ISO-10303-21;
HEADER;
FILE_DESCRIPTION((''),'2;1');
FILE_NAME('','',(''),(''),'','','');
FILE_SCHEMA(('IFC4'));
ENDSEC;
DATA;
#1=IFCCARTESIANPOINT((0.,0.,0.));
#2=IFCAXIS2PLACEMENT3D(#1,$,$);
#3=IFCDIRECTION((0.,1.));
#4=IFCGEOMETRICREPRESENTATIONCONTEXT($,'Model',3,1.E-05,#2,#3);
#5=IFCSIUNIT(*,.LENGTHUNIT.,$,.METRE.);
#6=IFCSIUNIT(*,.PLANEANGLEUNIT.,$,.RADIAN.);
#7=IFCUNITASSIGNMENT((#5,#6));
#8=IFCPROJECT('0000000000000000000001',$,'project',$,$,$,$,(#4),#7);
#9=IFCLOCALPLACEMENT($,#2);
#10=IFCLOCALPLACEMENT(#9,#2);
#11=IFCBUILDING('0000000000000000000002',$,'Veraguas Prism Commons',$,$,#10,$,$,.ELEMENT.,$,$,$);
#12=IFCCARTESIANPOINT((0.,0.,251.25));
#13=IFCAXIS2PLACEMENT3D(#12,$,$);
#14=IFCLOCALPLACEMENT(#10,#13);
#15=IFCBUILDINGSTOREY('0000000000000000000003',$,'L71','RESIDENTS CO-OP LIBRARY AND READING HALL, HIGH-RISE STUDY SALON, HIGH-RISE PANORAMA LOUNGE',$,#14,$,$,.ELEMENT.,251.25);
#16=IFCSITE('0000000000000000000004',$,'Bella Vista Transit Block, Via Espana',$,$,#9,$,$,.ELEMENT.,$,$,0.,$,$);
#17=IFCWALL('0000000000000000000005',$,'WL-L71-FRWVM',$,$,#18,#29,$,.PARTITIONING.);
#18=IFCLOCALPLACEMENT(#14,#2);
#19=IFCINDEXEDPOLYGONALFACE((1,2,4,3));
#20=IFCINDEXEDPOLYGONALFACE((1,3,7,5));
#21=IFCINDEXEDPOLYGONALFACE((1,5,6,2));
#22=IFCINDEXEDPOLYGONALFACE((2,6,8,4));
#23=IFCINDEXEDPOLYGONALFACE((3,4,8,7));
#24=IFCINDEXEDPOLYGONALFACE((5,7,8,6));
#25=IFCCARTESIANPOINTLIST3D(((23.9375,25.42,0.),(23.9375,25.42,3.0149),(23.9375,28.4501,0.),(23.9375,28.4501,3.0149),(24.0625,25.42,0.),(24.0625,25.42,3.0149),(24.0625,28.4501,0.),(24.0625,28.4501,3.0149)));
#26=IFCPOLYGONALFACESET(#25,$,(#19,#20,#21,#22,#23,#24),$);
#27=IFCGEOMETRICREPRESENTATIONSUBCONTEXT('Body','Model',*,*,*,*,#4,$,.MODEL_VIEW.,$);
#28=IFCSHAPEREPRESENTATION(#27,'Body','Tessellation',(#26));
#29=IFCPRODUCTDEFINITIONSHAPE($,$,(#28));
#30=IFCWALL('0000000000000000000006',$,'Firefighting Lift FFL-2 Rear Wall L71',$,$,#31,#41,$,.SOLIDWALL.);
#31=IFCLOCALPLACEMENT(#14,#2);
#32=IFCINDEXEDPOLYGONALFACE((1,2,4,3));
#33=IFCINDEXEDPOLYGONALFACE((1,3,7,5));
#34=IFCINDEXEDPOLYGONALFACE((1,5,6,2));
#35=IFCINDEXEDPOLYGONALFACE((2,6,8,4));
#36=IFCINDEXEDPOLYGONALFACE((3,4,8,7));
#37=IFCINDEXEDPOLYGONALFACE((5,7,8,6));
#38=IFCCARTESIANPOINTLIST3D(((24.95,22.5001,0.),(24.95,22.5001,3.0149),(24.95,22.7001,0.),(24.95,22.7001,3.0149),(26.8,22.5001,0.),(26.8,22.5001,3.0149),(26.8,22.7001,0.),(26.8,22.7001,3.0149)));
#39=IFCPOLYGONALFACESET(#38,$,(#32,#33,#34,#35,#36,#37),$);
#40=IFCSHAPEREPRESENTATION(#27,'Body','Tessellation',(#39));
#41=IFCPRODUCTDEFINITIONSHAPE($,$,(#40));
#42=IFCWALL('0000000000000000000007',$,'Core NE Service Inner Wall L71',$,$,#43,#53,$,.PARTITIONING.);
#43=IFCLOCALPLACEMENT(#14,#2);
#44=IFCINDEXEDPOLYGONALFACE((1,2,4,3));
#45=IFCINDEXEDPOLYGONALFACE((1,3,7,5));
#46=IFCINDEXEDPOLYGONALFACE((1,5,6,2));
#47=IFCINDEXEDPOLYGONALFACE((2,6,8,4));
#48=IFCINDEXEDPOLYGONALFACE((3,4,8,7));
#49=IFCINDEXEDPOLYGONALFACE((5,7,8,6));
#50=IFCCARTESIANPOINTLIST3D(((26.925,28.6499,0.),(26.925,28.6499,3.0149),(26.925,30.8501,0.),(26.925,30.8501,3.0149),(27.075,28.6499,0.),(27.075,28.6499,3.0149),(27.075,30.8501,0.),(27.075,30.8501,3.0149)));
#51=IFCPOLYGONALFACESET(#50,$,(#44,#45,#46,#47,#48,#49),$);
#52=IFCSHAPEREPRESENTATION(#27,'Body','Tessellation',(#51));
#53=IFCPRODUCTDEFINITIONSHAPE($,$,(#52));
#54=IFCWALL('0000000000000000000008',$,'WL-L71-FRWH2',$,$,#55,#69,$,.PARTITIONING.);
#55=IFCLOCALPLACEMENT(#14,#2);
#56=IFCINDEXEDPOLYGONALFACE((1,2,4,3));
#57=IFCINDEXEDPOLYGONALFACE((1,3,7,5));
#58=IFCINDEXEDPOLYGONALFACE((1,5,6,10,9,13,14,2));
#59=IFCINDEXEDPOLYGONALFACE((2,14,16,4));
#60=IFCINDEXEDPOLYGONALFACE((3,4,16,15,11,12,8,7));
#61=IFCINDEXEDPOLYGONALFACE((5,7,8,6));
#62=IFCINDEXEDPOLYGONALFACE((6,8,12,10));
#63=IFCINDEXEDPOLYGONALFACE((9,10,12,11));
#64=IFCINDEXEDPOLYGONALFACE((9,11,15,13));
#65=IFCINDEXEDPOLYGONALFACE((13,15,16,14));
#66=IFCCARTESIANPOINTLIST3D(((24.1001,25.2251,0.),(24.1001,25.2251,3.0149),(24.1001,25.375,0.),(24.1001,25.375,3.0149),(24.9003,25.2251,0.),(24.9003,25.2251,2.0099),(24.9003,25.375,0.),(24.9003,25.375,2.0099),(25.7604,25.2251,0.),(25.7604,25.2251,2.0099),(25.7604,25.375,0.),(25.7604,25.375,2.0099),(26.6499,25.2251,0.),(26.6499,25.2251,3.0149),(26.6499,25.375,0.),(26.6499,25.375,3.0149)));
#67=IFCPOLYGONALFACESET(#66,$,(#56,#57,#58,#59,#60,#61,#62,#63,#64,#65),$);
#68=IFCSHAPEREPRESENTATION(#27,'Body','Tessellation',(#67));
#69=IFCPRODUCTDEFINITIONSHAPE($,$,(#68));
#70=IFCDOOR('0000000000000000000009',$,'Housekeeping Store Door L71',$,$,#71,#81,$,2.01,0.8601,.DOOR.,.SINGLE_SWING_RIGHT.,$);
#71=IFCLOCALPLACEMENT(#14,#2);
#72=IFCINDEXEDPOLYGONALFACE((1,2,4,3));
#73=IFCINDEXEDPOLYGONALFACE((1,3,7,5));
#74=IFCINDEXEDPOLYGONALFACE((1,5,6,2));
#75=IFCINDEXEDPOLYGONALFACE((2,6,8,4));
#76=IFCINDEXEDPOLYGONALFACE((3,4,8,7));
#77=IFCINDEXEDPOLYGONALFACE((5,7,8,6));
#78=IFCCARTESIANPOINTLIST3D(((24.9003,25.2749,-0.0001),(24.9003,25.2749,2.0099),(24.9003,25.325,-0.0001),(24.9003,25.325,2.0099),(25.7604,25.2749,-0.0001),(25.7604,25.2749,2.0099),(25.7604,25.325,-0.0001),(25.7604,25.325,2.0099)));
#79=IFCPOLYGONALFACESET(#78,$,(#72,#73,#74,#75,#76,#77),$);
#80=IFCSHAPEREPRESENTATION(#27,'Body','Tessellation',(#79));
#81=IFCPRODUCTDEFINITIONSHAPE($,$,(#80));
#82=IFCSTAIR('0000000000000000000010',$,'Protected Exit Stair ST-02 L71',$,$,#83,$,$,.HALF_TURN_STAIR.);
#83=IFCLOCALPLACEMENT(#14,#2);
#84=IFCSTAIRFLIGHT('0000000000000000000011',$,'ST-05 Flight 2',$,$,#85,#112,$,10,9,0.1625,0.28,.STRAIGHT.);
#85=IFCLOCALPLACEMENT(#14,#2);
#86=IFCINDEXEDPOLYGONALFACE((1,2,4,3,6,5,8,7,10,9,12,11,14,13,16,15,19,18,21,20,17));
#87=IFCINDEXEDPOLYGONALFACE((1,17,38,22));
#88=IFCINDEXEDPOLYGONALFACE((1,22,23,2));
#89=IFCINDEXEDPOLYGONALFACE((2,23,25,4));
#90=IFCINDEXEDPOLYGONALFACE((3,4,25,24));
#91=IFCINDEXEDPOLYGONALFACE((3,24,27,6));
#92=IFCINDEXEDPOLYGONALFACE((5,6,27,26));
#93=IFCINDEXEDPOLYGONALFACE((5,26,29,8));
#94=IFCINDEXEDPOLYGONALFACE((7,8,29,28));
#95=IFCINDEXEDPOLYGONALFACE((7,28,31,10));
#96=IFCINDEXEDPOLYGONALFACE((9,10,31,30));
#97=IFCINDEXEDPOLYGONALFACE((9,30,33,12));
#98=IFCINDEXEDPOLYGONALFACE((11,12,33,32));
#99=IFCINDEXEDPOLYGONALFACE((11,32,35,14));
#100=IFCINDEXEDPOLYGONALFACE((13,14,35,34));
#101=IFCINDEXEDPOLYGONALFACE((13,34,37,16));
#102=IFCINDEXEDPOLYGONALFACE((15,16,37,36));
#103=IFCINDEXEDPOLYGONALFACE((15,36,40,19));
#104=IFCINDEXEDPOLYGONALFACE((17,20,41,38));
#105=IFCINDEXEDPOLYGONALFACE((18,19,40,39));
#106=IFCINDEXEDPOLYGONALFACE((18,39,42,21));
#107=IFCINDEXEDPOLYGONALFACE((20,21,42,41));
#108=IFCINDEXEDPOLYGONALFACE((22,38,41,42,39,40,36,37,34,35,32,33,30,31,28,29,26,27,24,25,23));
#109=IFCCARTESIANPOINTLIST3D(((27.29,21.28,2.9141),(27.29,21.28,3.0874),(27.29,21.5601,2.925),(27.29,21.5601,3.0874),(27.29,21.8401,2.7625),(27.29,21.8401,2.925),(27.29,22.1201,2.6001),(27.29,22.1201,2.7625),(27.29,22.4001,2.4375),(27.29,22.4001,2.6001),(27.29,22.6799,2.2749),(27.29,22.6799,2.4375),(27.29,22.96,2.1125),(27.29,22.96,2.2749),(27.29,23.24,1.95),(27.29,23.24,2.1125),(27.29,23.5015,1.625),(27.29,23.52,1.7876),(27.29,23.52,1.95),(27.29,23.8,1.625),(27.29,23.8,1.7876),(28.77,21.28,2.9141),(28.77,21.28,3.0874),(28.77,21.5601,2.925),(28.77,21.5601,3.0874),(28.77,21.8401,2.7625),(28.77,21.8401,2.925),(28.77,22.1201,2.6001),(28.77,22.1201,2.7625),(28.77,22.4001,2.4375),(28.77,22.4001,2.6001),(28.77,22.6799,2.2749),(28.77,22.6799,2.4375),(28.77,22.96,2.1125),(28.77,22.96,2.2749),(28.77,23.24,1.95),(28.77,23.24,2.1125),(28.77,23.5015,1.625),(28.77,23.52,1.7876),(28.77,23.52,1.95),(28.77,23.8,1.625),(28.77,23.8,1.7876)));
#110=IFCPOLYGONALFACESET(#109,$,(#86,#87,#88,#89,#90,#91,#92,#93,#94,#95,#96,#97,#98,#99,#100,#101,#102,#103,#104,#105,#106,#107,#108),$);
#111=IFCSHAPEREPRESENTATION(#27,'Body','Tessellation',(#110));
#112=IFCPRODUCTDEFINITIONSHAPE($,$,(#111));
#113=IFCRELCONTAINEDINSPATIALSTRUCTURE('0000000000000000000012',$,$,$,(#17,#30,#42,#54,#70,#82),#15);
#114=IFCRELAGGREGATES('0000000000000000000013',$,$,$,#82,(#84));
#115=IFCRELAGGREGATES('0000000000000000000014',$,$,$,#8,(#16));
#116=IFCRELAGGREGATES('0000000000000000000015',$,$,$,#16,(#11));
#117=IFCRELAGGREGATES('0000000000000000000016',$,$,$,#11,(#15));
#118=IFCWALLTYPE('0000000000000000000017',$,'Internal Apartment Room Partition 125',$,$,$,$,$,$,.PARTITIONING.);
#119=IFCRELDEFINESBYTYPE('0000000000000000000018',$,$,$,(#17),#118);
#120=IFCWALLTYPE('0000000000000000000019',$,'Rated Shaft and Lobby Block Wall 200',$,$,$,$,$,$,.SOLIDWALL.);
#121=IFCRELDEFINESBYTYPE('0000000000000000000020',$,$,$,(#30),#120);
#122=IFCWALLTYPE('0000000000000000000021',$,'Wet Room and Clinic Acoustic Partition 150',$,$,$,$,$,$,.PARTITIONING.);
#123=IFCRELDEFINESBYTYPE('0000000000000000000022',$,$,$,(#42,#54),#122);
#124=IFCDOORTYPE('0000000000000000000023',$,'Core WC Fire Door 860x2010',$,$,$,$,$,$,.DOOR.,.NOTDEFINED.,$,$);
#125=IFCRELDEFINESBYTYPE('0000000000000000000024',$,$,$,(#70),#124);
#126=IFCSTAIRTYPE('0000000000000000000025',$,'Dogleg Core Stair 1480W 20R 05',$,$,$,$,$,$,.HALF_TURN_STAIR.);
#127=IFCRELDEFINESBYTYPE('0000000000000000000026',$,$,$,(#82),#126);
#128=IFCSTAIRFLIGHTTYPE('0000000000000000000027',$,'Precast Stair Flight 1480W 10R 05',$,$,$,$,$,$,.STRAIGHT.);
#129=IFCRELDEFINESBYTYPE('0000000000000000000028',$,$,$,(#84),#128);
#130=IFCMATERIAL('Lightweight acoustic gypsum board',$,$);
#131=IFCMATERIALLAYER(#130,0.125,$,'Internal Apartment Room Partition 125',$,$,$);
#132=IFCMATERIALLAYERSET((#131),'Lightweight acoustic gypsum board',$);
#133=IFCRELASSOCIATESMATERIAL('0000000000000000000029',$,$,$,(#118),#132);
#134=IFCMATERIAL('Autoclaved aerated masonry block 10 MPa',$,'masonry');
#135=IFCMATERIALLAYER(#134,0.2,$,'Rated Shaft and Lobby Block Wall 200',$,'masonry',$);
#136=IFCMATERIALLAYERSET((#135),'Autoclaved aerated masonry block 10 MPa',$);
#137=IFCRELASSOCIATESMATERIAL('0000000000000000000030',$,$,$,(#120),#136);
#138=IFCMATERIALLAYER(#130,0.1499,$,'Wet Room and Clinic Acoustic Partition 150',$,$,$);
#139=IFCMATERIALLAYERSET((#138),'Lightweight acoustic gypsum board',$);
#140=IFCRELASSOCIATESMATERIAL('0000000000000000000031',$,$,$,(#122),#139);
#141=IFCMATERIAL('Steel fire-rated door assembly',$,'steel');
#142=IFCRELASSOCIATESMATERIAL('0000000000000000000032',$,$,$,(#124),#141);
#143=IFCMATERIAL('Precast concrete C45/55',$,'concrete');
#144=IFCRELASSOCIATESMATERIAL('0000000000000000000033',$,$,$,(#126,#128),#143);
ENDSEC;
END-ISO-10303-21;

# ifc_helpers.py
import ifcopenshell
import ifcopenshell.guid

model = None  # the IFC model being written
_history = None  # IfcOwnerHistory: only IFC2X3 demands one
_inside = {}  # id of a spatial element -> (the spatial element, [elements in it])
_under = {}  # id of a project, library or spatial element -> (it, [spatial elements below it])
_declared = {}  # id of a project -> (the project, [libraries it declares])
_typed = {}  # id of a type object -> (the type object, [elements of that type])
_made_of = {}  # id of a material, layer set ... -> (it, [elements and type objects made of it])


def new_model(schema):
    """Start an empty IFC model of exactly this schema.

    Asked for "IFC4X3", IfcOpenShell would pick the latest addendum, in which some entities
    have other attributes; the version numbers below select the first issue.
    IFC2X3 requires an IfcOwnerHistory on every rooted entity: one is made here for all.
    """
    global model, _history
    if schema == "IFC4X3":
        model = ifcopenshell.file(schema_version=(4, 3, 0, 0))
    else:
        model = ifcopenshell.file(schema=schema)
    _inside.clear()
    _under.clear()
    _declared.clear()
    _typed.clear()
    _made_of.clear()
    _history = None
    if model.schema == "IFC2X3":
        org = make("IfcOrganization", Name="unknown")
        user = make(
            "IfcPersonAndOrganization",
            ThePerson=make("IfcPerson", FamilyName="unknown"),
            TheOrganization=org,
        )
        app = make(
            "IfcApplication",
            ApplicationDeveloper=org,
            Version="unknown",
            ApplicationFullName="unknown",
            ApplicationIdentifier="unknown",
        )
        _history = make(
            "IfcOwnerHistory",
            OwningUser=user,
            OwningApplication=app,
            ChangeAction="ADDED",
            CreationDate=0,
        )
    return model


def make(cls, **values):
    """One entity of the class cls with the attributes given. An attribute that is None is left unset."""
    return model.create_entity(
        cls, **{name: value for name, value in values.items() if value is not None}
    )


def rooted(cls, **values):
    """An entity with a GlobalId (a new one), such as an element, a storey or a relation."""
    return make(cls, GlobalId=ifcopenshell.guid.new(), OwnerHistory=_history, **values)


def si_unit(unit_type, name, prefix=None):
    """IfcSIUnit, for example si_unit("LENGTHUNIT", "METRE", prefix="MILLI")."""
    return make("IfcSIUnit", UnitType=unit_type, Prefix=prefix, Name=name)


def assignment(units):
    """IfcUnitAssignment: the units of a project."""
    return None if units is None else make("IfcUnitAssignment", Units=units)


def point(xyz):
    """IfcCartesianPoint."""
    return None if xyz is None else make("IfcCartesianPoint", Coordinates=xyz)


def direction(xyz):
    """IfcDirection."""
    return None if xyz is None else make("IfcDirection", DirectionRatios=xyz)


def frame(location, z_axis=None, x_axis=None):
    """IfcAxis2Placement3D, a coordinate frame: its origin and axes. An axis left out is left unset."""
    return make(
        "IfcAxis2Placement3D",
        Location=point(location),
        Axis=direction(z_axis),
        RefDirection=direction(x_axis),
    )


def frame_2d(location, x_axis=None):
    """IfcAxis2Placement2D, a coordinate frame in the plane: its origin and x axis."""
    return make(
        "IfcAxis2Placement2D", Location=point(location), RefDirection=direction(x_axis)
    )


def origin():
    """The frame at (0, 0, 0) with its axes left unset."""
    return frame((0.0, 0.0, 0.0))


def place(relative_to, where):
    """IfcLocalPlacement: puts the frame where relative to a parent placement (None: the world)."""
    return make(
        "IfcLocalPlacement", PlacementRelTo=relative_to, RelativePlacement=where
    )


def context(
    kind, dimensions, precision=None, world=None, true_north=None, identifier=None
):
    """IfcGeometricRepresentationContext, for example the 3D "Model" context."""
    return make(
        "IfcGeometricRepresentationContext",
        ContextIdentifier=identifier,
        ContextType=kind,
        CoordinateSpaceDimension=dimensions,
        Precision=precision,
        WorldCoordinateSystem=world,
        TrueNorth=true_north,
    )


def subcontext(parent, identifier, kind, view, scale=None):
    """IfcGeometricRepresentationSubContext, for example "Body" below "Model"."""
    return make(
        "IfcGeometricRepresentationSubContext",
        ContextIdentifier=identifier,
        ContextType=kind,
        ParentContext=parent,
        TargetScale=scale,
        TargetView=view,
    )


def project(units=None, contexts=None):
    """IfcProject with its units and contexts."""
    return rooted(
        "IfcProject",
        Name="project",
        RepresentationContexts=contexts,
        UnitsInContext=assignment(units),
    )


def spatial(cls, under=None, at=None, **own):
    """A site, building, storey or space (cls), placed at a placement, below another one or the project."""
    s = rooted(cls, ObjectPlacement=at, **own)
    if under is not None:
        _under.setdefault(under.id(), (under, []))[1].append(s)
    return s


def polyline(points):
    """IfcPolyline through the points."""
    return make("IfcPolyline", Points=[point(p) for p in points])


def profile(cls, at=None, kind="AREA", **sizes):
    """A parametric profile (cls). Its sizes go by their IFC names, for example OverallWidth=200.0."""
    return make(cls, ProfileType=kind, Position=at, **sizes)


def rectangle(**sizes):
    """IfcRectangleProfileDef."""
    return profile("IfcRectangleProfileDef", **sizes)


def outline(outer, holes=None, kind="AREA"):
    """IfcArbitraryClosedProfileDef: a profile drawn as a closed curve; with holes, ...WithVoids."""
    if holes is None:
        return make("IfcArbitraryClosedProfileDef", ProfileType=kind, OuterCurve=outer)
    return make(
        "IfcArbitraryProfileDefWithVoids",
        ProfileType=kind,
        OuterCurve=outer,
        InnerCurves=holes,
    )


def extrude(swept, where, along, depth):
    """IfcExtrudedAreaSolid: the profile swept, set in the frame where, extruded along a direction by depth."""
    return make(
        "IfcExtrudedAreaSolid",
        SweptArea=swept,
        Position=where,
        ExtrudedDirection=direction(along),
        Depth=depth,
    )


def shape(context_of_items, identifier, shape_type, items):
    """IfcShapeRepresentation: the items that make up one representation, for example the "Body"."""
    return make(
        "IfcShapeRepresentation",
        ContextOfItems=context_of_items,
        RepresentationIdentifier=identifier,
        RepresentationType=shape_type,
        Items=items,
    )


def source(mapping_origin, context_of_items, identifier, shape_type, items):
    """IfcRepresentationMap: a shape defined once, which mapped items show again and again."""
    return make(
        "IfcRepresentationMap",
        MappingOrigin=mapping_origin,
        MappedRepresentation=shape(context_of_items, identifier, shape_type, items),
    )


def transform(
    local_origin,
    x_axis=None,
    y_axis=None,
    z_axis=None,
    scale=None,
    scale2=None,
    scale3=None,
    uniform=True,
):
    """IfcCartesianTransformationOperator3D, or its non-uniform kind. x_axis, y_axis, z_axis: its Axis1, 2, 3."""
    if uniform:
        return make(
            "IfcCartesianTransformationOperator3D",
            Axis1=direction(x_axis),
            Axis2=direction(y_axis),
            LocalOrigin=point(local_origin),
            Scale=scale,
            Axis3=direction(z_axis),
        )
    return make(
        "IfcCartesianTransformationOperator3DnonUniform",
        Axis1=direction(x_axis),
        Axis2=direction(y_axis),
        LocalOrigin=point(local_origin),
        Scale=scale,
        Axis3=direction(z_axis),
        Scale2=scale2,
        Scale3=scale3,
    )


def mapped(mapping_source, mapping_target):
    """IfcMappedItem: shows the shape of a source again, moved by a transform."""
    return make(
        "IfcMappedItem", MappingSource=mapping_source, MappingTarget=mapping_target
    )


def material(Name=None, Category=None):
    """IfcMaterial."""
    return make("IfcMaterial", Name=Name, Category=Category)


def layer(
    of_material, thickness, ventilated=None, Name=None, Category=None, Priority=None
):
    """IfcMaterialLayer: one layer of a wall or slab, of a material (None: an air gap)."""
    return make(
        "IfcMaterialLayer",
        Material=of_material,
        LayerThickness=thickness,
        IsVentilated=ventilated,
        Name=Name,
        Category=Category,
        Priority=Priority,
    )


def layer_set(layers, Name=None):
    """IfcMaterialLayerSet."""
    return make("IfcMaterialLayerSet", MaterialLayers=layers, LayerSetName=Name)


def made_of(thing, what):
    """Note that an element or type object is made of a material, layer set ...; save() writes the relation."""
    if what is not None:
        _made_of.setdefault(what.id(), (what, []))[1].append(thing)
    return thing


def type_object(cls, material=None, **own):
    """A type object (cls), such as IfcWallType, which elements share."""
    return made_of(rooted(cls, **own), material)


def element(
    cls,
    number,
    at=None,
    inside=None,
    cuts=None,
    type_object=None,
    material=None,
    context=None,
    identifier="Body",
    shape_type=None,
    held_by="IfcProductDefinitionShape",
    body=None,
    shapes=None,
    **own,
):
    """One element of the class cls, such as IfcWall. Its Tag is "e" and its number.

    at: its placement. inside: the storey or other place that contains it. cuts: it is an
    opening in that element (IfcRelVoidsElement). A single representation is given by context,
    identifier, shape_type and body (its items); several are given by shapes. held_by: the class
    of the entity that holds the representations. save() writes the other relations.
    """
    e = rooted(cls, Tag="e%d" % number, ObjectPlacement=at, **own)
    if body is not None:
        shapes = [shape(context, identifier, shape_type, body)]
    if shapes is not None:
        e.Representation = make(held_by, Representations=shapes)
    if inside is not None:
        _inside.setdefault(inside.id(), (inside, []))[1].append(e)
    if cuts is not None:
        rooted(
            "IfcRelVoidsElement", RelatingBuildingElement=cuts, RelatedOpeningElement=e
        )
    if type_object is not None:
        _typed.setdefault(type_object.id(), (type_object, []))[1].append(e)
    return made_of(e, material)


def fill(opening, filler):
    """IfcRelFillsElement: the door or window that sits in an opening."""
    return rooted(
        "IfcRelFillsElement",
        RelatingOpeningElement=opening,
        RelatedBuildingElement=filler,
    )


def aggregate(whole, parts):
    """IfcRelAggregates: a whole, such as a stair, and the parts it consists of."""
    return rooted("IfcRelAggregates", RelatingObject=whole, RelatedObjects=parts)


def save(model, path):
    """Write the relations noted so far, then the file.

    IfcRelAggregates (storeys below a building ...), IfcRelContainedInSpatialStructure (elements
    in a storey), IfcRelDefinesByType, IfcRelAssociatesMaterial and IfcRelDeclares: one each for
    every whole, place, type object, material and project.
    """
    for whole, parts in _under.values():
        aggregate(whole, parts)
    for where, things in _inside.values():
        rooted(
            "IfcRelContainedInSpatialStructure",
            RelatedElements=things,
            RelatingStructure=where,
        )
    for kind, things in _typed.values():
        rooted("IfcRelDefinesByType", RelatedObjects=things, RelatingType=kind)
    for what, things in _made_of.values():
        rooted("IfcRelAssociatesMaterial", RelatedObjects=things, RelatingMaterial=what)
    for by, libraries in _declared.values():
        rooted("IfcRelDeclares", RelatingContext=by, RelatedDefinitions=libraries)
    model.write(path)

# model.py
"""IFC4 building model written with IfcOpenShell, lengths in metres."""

from ifc_helpers import new_model, si_unit, direction, frame, frame_2d, origin, place, context, subcontext, project, spatial, polyline, rectangle, outline, extrude, source, transform, mapped, material, layer, layer_set, type_object, element, fill, aggregate, save


model = new_model("IFC4")

# Units and contexts
model_context = context("Model", 3, precision=1e-05, world=origin(), true_north=direction((0.0, 1.0)))
body_context = subcontext(model_context, "Body", "Model", "MODEL_VIEW")
ifc_project = project(units=[si_unit("LENGTHUNIT", "METRE"), si_unit("PLANEANGLEUNIT", "RADIAN")], contexts=[model_context])

# Site, building, storey
site_placement = place(None, origin())
site = spatial("IfcSite", under=ifc_project, at=site_placement, Name="Bella Vista Transit Block, Via Espana", CompositionType="ELEMENT", RefElevation=0.0)
building_placement = place(site_placement, origin())
building = spatial("IfcBuilding", under=site, at=building_placement, Name="Veraguas Prism Commons", CompositionType="ELEMENT")
storey_placement = place(building_placement, frame((0.0, 0.0, 251.25)))
storey = spatial("IfcBuildingStorey", under=building, at=storey_placement, Name="L71", Description="RESIDENTS CO-OP LIBRARY AND READING HALL, HIGH-RISE STUDY SALON, HIGH-RISE PANORAMA LOUNGE", CompositionType="ELEMENT", Elevation=251.25)

# Shared definitions
ifc_material_1 = material(Name="Steel fire-rated door assembly", Category="steel")
ifc_material_2 = material(Name="Autoclaved aerated masonry block 10 MPa", Category="masonry")

# Walls
ifc_material_3 = material(Name="Lightweight acoustic gypsum board")
ifc_layer_1 = layer(ifc_material_3, 0.125, Name="Internal Apartment Room Partition 125")
ifc_layer_set_1 = layer_set([ifc_layer_1], Name="Lightweight acoustic gypsum board")
wall_type_1 = type_object("IfcWallType", Name="Internal Apartment Room Partition 125", PredefinedType="PARTITIONING", material=ifc_layer_set_1)
wall_1_placement = place(storey_placement, frame((24.0, 25.4199, 0.0), z_axis=(0.0, 0.0, 1.0), x_axis=(0.0, 1.0, 0.0)))
element("IfcWall", 1, at=wall_1_placement, inside=storey, type_object=wall_type_1, Name="WL-L71-FRWVM", PredefinedType="PARTITIONING", context=body_context, shape_type="SweptSolid", body=[
    extrude(rectangle(XDim=3.03, YDim=0.125, at=frame_2d((1.5151, 0.0))), origin(), (0.0, 0.0, 1.0), 3.0149),
])
ifc_layer_2 = layer(ifc_material_2, 0.2, Name="Rated Shaft and Lobby Block Wall 200", Category="masonry")
ifc_layer_set_2 = layer_set([ifc_layer_2], Name="Autoclaved aerated masonry block 10 MPa")
wall_type_2 = type_object("IfcWallType", Name="Rated Shaft and Lobby Block Wall 200", PredefinedType="SOLIDWALL", material=ifc_layer_set_2)
wall_2_placement = place(storey_placement, frame((24.95, 22.6001, 0.0), z_axis=(0.0, 0.0, 1.0), x_axis=(1.0, 0.0, 0.0)))
element("IfcWall", 2, at=wall_2_placement, inside=storey, type_object=wall_type_2, Name="Firefighting Lift FFL-2 Rear Wall L71", PredefinedType="SOLIDWALL", context=body_context, shape_type="SweptSolid", body=[
    extrude(rectangle(XDim=1.8501, YDim=0.2, at=frame_2d((0.925, 0.0))), origin(), (0.0, 0.0, 1.0), 3.0149),
])
ifc_layer_3 = layer(ifc_material_3, 0.1499, Name="Wet Room and Clinic Acoustic Partition 150")
ifc_layer_set_3 = layer_set([ifc_layer_3], Name="Lightweight acoustic gypsum board")
wall_type_3 = type_object("IfcWallType", Name="Wet Room and Clinic Acoustic Partition 150", PredefinedType="PARTITIONING", material=ifc_layer_set_3)
wall_3_placement = place(storey_placement, frame((27.0, 28.6499, 0.0), z_axis=(0.0, 0.0, 1.0), x_axis=(0.0, 1.0, 0.0)))
element("IfcWall", 3, at=wall_3_placement, inside=storey, type_object=wall_type_3, Name="Core NE Service Inner Wall L71", PredefinedType="PARTITIONING", context=body_context, shape_type="SweptSolid", body=[
    extrude(rectangle(XDim=2.2002, YDim=0.1499, at=frame_2d((1.1001, 0.0))), origin(), (0.0, 0.0, 1.0), 3.0149),
])

# Wall, opening, door
wall_4_placement = place(storey_placement, frame((24.1001, 25.3, 0.0), z_axis=(0.0, 0.0, 1.0), x_axis=(1.0, 0.0, 0.0)))
wall_4 = element("IfcWall", 4, at=wall_4_placement, inside=storey, type_object=wall_type_3, Name="WL-L71-FRWH2", PredefinedType="PARTITIONING", context=body_context, shape_type="SweptSolid", body=[
    extrude(rectangle(XDim=2.5498, YDim=0.1499, at=frame_2d((1.2749, 0.0))), origin(), (0.0, 0.0, 1.0), 3.0149),
])
opening_1_placement = place(wall_4_placement, frame((0.8, 0.0, 0.0)))
opening_1 = element("IfcOpeningElement", 5, at=opening_1_placement, cuts=wall_4, PredefinedType="OPENING", context=body_context, shape_type="SweptSolid", body=[
    extrude(rectangle(XDim=0.8601, YDim=2.01, at=frame_2d((0.4302, 1.0049))), frame((0.0, 0.085, 0.0), z_axis=(0.0, -1.0, 0.0), x_axis=(1.0, 0.0, 0.0)), (0.0, 0.0, 1.0), 0.1699),
])
door_type_1 = type_object("IfcDoorType", Name="Core WC Fire Door 860x2010", OperationType="NOTDEFINED", PredefinedType="DOOR", material=ifc_material_1)
shared_shape_1 = source(origin(), body_context, "Body", "SweptSolid", [
    extrude(rectangle(XDim=0.8601, YDim=2.01, at=frame_2d((0.4302, 1.0049))), frame((0.0, 0.0249, 0.0), z_axis=(0.0, -1.0, 0.0), x_axis=(1.0, 0.0, 0.0)), (0.0, 0.0, 1.0), 0.05),
])
door_1_placement = place(opening_1_placement, origin())
door_1 = element("IfcDoor", 6, at=door_1_placement, inside=storey, type_object=door_type_1, Name="Housekeeping Store Door L71", OperationType="SINGLE_SWING_RIGHT", OverallHeight=2.01, OverallWidth=0.8601, PredefinedType="DOOR", context=body_context, shape_type="MappedRepresentation", body=[
    mapped(shared_shape_1, transform((0.0, 0.0, 0.0), scale=1.0)),
])
fill(opening_1, door_1)

# Stair, stair flight
ifc_material_4 = material(Name="Precast concrete C45/55", Category="concrete")
stair_type = type_object("IfcStairType", Name="Dogleg Core Stair 1480W 20R 05", PredefinedType="HALF_TURN_STAIR", material=ifc_material_4)
stair_placement = place(storey_placement, origin())
stair = element("IfcStair", 7, at=stair_placement, inside=storey, type_object=stair_type, Name="Protected Exit Stair ST-02 L71", PredefinedType="HALF_TURN_STAIR")
stair_flight_type = type_object("IfcStairFlightType", Name="Precast Stair Flight 1480W 10R 05", PredefinedType="STRAIGHT", material=ifc_material_4)
stair_flight_placement = place(storey_placement, frame((28.03, 23.8, 1.625), z_axis=(0.0, 0.0, 1.0), x_axis=(0.0, -1.0, 0.0)))
stair_flight = element("IfcStairFlight", 8, at=stair_flight_placement, type_object=stair_flight_type, Name="ST-05 Flight 2", NumberOfRisers=10, NumberOfTreads=9, PredefinedType="STRAIGHT", RiserHeight=0.1625, TreadLength=0.28, context=body_context, shape_type="SweptSolid", body=[
    extrude(outline(polyline([(0.0, 0.0), (0.0, 0.1626), (0.28, 0.1626), (0.28, 0.325), (0.5601, 0.325), (0.5601, 0.4875), (0.8401, 0.4875), (0.8401, 0.6499), (1.1201, 0.6499), (1.1201, 0.8125), (1.3999, 0.8125), (1.3999, 0.9751), (1.6799, 0.9751), (1.6799, 1.1375), (1.96, 1.1375), (1.96, 1.3), (2.24, 1.3), (2.24, 1.4624), (2.52, 1.4624), (2.52, 1.625), (2.52, 1.2891), (0.2986, 0.0), (0.0, 0.0)])), frame((0.0, 0.74, 0.0), z_axis=(0.0, -1.0, 0.0), x_axis=(1.0, 0.0, 0.0)), (0.0, 0.0, 1.0), 1.48),
])
aggregate(stair, [stair_flight])

save(model, "model.ifc")
